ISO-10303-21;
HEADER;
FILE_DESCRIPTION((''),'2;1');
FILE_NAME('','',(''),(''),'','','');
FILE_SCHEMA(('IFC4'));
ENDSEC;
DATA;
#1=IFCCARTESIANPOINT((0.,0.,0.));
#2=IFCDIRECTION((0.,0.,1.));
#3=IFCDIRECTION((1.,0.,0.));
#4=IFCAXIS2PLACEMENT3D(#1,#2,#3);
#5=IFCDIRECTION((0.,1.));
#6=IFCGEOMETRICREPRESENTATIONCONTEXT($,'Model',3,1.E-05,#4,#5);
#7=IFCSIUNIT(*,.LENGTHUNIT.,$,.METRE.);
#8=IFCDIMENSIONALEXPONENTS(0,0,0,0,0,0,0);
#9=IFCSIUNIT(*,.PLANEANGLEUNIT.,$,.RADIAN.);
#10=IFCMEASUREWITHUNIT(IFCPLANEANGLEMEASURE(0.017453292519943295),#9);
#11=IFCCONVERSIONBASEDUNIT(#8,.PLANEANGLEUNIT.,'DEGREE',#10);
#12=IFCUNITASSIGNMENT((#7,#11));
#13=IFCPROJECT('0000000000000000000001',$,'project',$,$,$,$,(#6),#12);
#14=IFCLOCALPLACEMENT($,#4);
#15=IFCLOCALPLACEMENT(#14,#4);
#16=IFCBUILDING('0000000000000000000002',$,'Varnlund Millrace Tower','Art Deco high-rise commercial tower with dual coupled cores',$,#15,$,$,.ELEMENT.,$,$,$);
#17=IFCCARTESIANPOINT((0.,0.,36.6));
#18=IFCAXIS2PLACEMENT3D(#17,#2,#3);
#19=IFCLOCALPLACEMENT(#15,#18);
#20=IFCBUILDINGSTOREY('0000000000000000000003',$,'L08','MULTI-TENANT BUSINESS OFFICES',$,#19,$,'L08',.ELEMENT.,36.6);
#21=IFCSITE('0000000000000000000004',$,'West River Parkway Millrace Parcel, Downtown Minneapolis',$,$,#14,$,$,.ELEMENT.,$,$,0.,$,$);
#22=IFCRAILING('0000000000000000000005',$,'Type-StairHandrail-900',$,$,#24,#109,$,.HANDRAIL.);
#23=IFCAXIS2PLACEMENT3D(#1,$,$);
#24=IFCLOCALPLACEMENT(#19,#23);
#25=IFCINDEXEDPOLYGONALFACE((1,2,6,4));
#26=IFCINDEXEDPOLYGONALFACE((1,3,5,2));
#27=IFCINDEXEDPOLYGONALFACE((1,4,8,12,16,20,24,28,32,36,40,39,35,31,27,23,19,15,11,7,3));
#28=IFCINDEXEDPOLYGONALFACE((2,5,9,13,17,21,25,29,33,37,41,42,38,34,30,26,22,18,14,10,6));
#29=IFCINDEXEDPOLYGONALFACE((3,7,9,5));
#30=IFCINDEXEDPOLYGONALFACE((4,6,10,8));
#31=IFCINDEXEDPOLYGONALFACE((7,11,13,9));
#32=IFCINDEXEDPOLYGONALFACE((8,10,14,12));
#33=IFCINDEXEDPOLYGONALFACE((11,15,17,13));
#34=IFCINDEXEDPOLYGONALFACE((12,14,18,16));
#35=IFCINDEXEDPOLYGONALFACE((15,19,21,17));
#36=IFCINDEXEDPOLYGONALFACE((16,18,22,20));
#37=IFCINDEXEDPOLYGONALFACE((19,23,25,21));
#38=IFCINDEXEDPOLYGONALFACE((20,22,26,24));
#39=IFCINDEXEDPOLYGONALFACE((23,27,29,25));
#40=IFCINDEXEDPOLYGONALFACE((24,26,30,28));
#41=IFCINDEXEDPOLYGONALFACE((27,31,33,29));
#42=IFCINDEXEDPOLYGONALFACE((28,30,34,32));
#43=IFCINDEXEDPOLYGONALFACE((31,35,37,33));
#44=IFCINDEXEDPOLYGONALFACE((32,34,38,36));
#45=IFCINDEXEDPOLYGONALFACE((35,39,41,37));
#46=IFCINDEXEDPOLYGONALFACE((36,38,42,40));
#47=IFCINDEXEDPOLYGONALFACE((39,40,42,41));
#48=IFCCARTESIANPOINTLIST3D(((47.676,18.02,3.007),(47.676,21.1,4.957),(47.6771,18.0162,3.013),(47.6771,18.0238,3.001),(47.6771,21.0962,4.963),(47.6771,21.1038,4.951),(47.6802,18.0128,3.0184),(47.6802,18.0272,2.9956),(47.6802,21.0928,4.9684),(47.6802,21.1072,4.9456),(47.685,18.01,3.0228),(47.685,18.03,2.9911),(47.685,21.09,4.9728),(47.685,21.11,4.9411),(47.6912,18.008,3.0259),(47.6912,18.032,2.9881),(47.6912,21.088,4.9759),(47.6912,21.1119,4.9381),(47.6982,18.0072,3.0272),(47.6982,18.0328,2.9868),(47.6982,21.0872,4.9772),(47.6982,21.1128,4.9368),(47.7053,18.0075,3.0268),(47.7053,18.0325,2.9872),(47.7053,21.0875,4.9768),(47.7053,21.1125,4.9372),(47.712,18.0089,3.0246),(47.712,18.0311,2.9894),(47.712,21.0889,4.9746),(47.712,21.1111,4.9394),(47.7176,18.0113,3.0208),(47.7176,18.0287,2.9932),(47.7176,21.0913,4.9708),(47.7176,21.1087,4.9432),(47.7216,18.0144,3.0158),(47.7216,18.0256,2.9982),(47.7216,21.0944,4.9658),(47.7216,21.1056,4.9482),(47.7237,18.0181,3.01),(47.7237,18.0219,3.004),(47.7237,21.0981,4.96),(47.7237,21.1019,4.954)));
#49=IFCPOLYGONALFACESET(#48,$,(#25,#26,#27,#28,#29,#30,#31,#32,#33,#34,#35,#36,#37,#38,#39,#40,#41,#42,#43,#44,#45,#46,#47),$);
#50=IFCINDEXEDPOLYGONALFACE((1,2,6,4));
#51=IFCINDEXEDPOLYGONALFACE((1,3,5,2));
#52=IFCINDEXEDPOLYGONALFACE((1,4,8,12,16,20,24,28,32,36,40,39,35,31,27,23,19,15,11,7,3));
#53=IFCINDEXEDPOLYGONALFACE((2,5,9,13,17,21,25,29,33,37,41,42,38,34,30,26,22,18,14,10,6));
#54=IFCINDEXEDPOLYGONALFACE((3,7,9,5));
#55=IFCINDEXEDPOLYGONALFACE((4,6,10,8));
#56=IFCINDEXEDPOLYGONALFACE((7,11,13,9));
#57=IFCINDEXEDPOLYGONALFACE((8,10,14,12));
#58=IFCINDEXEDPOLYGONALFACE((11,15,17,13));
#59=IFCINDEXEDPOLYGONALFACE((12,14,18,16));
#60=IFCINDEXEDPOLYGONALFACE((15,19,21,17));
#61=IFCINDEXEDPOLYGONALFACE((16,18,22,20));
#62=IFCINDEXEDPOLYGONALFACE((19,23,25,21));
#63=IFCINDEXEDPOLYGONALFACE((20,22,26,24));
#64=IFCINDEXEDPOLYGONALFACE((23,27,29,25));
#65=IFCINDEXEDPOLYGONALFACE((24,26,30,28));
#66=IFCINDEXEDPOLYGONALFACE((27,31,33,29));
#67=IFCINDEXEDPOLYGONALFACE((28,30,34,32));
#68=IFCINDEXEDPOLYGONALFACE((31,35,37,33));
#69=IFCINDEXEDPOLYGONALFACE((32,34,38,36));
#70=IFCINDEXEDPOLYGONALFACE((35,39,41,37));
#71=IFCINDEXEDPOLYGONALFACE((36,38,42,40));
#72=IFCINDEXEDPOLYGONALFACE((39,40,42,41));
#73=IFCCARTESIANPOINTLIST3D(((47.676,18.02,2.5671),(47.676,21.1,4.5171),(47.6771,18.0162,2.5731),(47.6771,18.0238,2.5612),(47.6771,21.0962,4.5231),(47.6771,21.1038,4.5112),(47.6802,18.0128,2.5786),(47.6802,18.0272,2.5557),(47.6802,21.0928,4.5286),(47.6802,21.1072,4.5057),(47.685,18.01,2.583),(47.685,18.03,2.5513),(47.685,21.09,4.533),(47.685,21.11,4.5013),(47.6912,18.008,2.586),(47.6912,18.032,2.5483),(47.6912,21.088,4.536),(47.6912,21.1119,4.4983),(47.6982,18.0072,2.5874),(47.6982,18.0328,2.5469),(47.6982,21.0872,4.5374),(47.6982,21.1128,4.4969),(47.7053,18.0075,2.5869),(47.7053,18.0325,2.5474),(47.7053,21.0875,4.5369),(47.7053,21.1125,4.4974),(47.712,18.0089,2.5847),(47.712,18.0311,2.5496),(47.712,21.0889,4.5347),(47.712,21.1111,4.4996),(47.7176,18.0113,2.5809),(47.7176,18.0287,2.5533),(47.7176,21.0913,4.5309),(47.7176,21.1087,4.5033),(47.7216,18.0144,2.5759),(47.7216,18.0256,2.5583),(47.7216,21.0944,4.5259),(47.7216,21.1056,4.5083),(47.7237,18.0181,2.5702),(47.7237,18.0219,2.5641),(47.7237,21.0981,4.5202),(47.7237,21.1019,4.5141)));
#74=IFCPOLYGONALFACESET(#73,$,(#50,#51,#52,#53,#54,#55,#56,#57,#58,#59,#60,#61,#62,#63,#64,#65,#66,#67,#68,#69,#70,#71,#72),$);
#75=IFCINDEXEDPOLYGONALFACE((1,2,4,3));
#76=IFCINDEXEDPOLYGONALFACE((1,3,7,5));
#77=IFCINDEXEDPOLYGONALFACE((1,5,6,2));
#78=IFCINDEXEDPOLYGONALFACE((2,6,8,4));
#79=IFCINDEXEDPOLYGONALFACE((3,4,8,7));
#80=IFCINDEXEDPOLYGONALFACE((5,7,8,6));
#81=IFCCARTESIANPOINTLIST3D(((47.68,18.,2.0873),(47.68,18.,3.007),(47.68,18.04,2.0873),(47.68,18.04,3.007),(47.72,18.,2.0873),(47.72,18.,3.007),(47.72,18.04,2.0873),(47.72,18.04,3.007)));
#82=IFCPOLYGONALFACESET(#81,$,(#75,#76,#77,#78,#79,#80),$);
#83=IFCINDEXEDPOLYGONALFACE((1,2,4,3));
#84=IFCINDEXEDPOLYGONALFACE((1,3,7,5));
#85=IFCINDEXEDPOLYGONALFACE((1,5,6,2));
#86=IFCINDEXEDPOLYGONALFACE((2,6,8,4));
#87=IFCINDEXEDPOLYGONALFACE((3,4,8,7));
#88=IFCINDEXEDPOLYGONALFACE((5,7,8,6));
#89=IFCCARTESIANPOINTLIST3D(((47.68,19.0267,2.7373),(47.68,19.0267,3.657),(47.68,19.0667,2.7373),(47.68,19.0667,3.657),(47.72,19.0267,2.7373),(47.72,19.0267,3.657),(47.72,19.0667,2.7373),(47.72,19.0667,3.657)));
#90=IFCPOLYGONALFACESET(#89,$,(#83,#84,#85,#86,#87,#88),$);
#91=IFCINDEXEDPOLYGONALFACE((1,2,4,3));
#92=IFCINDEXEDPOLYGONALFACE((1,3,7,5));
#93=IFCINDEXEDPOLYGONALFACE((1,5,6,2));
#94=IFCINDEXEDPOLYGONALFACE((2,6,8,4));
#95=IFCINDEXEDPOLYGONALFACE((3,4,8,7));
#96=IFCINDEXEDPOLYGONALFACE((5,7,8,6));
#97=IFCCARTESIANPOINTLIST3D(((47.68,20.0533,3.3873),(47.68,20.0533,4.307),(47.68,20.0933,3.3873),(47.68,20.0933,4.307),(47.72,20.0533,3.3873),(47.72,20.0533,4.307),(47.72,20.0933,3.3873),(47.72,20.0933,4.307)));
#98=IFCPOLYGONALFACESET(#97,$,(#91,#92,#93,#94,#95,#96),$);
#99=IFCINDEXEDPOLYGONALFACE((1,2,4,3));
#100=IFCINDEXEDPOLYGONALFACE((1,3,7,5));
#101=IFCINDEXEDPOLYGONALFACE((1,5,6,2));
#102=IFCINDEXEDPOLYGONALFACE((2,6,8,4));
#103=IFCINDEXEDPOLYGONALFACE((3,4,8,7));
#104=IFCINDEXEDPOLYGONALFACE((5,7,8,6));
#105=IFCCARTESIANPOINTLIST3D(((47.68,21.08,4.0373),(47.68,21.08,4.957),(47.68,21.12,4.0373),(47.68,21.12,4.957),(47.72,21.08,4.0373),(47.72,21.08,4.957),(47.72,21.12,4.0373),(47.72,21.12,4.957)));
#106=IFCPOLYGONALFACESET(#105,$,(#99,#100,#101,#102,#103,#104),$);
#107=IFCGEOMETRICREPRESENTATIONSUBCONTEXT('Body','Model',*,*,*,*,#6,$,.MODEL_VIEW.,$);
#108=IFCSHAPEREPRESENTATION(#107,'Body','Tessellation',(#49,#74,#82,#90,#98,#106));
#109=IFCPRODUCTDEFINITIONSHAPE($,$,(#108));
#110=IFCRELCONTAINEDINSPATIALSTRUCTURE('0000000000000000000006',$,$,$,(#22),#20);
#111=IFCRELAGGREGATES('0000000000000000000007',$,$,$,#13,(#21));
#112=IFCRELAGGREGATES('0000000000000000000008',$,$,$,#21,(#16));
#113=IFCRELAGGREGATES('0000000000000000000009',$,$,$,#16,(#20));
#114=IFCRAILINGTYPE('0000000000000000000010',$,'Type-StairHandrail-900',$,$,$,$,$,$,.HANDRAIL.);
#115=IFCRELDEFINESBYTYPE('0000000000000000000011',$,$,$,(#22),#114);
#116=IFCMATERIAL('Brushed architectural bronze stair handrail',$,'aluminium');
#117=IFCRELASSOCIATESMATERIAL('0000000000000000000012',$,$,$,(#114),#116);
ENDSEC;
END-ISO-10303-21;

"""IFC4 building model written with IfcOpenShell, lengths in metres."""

from ifc_helpers import new_model, entity, si_unit, converted_unit, direction, frame, origin_with_axes, origin_2d_with_axis, place, context, subcontext, project, spatial, rectangle, circle, extrude, material, type_object, element, save


model = new_model("IFC4")

# Units and contexts
model_context = context("Model", 3, precision=1e-05, world=origin_with_axes(), true_north=direction((0.0, 1.0)))
body_context = subcontext(model_context, "Body", "Model", "MODEL_VIEW")
ifc_project = project(units=[si_unit("LENGTHUNIT", "METRE"), converted_unit("PLANEANGLEUNIT", "DEGREE", entity("IfcPlaneAngleMeasure", 0.017453292519943295), si_unit("PLANEANGLEUNIT", "RADIAN"), dimensions=[0, 0, 0, 0, 0, 0, 0])], contexts=[model_context])

# Site, building, storey
site_placement = place(None, origin_with_axes())
site = spatial("IfcSite", under=ifc_project, at=site_placement, Name="West River Parkway Millrace Parcel, Downtown Minneapolis", CompositionType="ELEMENT", RefElevation=0.0)
building_placement = place(site_placement, origin_with_axes())
building = spatial("IfcBuilding", under=site, at=building_placement, Name="Varnlund Millrace Tower", Description="Art Deco high-rise commercial tower with dual coupled cores", CompositionType="ELEMENT")
storey_placement = place(building_placement, frame((0.0, 0.0, 36.6), z_axis=(0.0, 0.0, 1.0), x_axis=(1.0, 0.0, 0.0)))
storey = spatial("IfcBuildingStorey", under=building, at=storey_placement, Name="L08", Description="MULTI-TENANT BUSINESS OFFICES", LongName="L08", CompositionType="ELEMENT", Elevation=36.6)

# Railing
ifc_material_1 = material(Name="Brushed architectural bronze stair handrail", Category="aluminium")
railing_type_1 = type_object("IfcRailingType", Name="Type-StairHandrail-900", PredefinedType="HANDRAIL", material=ifc_material_1)
railing_1_placement = place(storey_placement, frame((0.0, 0.0, -36.6), z_axis=(0.0, 0.0, 1.0), x_axis=(1.0, 0.0, 0.0)))
element("IfcRailing", 1, at=railing_1_placement, inside=storey, type_object=railing_type_1, Name="Type-StairHandrail-900", PredefinedType="HANDRAIL", context=body_context, shape_type="SweptSolid", body=[
    extrude(circle(Radius=0.024, at=origin_2d_with_axis()), frame((47.7, 18.02, 39.607), z_axis=(0.0, 0.844902, 0.534922), x_axis=(-1.0, 0.0, 0.0)), (0.0, 0.0, 1.0), 3.6454),
    extrude(circle(Radius=0.024, at=origin_2d_with_axis()), frame((47.7, 18.02, 39.1671), z_axis=(0.0, 0.844902, 0.534922), x_axis=(-1.0, 0.0, 0.0)), (0.0, 0.0, 1.0), 3.6454),
    extrude(rectangle(XDim=0.04, YDim=0.04, at=origin_2d_with_axis()), frame((47.7, 18.02, 38.6873), z_axis=(0.0, 0.0, 1.0), x_axis=(1.0, 0.0, 0.0)), (0.0, 0.0, 1.0), 0.9197),
    extrude(rectangle(XDim=0.04, YDim=0.04, at=origin_2d_with_axis()), frame((47.7, 19.0467, 39.3373), z_axis=(0.0, 0.0, 1.0), x_axis=(1.0, 0.0, 0.0)), (0.0, 0.0, 1.0), 0.9197),
    extrude(rectangle(XDim=0.04, YDim=0.04, at=origin_2d_with_axis()), frame((47.7, 20.0733, 39.9873), z_axis=(0.0, 0.0, 1.0), x_axis=(1.0, 0.0, 0.0)), (0.0, 0.0, 1.0), 0.9197),
    extrude(rectangle(XDim=0.04, YDim=0.04, at=origin_2d_with_axis()), frame((47.7, 21.1, 40.6373), z_axis=(0.0, 0.0, 1.0), x_axis=(1.0, 0.0, 0.0)), (0.0, 0.0, 1.0), 0.9197),
])

save(model, "model.ifc")
